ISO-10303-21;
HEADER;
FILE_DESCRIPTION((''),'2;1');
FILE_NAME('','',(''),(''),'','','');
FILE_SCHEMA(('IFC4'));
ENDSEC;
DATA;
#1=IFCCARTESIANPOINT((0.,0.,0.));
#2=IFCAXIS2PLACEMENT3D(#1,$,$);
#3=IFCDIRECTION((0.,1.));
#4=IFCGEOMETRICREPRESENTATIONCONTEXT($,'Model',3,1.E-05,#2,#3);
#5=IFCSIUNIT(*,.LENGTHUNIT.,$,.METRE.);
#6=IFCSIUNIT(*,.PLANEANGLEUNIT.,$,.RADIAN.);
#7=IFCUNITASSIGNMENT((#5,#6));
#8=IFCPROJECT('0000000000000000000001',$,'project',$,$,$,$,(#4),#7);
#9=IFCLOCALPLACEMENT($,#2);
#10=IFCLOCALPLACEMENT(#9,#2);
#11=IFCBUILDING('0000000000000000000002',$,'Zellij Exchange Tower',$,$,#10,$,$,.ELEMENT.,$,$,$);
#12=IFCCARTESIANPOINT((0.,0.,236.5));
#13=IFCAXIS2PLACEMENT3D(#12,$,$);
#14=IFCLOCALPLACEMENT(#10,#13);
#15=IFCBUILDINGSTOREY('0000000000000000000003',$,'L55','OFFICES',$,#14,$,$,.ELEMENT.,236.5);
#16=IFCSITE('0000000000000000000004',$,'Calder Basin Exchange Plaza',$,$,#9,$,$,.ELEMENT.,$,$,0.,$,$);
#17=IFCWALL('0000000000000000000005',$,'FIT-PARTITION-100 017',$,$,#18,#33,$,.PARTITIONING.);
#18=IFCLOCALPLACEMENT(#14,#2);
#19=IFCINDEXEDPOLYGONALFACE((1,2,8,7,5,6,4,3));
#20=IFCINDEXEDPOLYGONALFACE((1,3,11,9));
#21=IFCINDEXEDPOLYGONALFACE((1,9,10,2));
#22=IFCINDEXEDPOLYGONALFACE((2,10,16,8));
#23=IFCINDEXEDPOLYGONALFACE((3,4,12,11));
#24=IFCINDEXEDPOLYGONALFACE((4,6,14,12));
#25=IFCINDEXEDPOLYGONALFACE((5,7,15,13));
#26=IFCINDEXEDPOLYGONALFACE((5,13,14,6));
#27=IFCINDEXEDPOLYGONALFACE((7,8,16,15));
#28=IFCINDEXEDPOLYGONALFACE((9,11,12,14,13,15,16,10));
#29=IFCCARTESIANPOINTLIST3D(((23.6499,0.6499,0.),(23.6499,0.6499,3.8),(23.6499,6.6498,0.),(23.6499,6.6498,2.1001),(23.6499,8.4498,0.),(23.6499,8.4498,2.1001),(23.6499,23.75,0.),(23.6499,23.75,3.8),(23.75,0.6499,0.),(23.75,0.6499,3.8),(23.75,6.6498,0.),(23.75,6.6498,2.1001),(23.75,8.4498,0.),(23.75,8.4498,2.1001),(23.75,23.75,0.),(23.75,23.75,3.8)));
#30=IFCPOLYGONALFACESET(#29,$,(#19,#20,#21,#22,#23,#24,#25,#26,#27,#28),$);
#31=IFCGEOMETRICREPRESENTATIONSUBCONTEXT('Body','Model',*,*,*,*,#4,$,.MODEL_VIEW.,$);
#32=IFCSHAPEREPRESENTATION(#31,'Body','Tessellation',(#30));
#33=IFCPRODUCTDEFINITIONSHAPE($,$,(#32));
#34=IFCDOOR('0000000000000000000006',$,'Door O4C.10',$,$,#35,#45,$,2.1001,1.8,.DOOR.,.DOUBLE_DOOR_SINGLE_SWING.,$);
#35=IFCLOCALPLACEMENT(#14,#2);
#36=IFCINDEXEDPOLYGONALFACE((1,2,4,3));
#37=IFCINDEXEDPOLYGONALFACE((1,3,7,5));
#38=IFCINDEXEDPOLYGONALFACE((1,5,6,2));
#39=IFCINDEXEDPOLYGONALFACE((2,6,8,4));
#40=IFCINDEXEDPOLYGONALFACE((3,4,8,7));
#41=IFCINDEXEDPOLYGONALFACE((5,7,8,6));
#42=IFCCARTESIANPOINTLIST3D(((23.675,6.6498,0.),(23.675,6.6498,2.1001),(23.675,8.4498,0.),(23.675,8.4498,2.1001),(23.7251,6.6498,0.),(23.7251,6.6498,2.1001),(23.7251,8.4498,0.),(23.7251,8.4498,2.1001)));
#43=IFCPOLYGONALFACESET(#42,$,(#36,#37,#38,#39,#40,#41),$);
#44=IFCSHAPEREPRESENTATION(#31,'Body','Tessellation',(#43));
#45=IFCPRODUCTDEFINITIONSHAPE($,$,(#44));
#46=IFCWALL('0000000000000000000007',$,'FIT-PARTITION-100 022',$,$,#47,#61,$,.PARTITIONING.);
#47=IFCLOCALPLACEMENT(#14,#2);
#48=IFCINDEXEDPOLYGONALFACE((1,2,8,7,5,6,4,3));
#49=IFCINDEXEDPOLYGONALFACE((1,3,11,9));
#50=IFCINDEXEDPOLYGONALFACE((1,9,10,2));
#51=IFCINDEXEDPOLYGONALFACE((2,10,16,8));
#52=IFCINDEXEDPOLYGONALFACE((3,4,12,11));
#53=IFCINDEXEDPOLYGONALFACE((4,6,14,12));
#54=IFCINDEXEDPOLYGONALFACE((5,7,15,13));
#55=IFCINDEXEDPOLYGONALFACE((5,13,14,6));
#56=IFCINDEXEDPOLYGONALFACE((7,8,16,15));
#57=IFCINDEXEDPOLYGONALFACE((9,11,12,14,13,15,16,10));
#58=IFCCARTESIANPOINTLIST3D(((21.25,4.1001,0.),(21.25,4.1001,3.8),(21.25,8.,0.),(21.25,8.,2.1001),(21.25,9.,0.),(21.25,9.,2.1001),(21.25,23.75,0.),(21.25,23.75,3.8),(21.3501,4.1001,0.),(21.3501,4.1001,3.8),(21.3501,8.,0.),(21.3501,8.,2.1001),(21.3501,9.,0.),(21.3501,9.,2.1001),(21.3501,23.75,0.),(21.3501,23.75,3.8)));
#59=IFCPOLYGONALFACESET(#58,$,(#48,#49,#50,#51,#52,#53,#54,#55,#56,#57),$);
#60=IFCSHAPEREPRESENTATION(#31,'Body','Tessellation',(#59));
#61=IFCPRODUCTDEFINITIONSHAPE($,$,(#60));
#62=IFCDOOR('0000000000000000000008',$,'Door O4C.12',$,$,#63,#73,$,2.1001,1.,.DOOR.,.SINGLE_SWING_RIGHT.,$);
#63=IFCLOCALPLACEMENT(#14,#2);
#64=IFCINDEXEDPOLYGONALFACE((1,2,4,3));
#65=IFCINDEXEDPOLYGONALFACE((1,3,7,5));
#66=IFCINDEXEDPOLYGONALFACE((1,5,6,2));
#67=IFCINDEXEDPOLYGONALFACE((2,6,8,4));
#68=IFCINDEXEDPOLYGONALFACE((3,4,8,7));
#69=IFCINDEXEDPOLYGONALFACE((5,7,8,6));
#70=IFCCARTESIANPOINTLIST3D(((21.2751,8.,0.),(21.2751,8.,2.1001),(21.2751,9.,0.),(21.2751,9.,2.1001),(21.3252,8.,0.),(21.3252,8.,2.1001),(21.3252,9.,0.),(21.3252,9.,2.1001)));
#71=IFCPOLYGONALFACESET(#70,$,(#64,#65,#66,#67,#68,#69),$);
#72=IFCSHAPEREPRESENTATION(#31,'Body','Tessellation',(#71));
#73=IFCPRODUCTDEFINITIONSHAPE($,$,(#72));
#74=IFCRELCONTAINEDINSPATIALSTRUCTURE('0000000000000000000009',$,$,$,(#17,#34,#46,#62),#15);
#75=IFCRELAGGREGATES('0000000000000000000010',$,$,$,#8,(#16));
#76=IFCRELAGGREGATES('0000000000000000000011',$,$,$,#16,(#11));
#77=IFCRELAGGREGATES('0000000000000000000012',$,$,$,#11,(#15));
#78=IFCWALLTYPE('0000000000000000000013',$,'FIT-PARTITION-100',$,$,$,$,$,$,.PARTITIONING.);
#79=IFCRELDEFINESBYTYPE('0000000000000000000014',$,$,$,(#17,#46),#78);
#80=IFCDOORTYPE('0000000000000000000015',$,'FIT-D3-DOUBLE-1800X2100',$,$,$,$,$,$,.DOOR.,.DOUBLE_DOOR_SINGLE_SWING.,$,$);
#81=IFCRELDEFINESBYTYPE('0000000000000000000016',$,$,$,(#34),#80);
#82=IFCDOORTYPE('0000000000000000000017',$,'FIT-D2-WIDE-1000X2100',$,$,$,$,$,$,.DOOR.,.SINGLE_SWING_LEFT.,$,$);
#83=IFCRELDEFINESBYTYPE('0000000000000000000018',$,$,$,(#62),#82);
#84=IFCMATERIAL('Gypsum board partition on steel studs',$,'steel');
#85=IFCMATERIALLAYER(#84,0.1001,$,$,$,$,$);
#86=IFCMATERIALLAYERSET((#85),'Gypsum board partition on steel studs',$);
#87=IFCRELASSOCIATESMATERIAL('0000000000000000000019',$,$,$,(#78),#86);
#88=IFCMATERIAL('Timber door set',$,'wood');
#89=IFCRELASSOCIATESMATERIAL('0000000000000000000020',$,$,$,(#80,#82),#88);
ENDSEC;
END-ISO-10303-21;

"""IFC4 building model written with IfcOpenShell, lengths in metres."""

from ifc_helpers import new_model, si_unit, direction, frame, frame_2d, origin, place, context, subcontext, project, spatial, rectangle, extrude, material, layer, layer_set, type_object, element, fill, save


model = new_model("IFC4")

# Units and contexts
model_context = context("Model", 3, precision=1e-05, world=origin(), true_north=direction((0.0, 1.0)))
body_context = subcontext(model_context, "Body", "Model", "MODEL_VIEW")
ifc_project = project(units=[si_unit("LENGTHUNIT", "METRE"), si_unit("PLANEANGLEUNIT", "RADIAN")], contexts=[model_context])

# Site, building, storey
site_placement = place(None, origin())
site = spatial("IfcSite", under=ifc_project, at=site_placement, Name="Calder Basin Exchange Plaza", CompositionType="ELEMENT", RefElevation=0.0)
building_placement = place(site_placement, origin())
building = spatial("IfcBuilding", under=site, at=building_placement, Name="Zellij Exchange Tower", CompositionType="ELEMENT")
storey_placement = place(building_placement, frame((0.0, 0.0, 236.5)))
storey = spatial("IfcBuildingStorey", under=building, at=storey_placement, Name="L55", Description="OFFICES", CompositionType="ELEMENT", Elevation=236.5)

# Shared definitions
ifc_material_1 = material(Name="Gypsum board partition on steel studs", Category="steel")
ifc_layer_1 = layer(ifc_material_1, 0.1001)
ifc_layer_set_1 = layer_set([ifc_layer_1], Name="Gypsum board partition on steel studs")
wall_type_1 = type_object("IfcWallType", Name="FIT-PARTITION-100", PredefinedType="PARTITIONING", material=ifc_layer_set_1)

# Walls, openings, doors
wall_1_placement = place(storey_placement, frame((23.7, 0.6499, 0.0), z_axis=(0.0, 0.0, 1.0), x_axis=(0.0, 1.0, 0.0)))
wall_1 = element("IfcWall", 1, at=wall_1_placement, inside=storey, type_object=wall_type_1, Name="FIT-PARTITION-100 017", PredefinedType="PARTITIONING", context=body_context, shape_type="SweptSolid", body=[
    extrude(rectangle(XDim=23.1001, YDim=0.1001, at=frame_2d((11.55, 0.0))), origin(), (0.0, 0.0, 1.0), 3.8),
])
opening_1_placement = place(wall_1_placement, frame((6.0, 0.0, 0.0)))
opening_1 = element("IfcOpeningElement", 2, at=opening_1_placement, cuts=wall_1, PredefinedType="OPENING", context=body_context, shape_type="SweptSolid", body=[
    extrude(rectangle(XDim=1.8, YDim=2.1001, at=frame_2d((0.8999, 1.05))), frame((0.0, 0.062, 0.0), z_axis=(0.0, -1.0, 0.0), x_axis=(1.0, 0.0, 0.0)), (0.0, 0.0, 1.0), 0.124),
])
ifc_material_2 = material(Name="Timber door set", Category="wood")
door_type_1 = type_object("IfcDoorType", Name="FIT-D3-DOUBLE-1800X2100", OperationType="DOUBLE_DOOR_SINGLE_SWING", PredefinedType="DOOR", material=ifc_material_2)
door_1_placement = place(opening_1_placement, origin())
door_1 = element("IfcDoor", 3, at=door_1_placement, inside=storey, type_object=door_type_1, Name="Door O4C.10", OperationType="DOUBLE_DOOR_SINGLE_SWING", OverallHeight=2.1001, OverallWidth=1.8, PredefinedType="DOOR", context=body_context, shape_type="SweptSolid", body=[
    extrude(rectangle(XDim=1.8, YDim=2.1001, at=frame_2d((0.8999, 1.05))), frame((0.0, 0.0249, 0.0), z_axis=(0.0, -1.0, 0.0), x_axis=(1.0, 0.0, 0.0)), (0.0, 0.0, 1.0), 0.05),
])
fill(opening_1, door_1)
wall_2_placement = place(storey_placement, frame((21.3, 4.1001, 0.0), z_axis=(0.0, 0.0, 1.0), x_axis=(0.0, 1.0, 0.0)))
wall_2 = element("IfcWall", 4, at=wall_2_placement, inside=storey, type_object=wall_type_1, Name="FIT-PARTITION-100 022", PredefinedType="PARTITIONING", context=body_context, shape_type="SweptSolid", body=[
    extrude(rectangle(XDim=19.6499, YDim=0.1001, at=frame_2d((9.825, 0.0))), origin(), (0.0, 0.0, 1.0), 3.8),
])
opening_2_placement = place(wall_2_placement, frame((3.8999, 0.0, 0.0)))
opening_2 = element("IfcOpeningElement", 5, at=opening_2_placement, cuts=wall_2, PredefinedType="OPENING", context=body_context, shape_type="SweptSolid", body=[
    extrude(rectangle(XDim=1.0, YDim=2.1001, at=frame_2d((0.5, 1.05))), frame((0.0, 0.062, 0.0), z_axis=(0.0, -1.0, 0.0), x_axis=(1.0, 0.0, 0.0)), (0.0, 0.0, 1.0), 0.124),
])
door_type_2 = type_object("IfcDoorType", Name="FIT-D2-WIDE-1000X2100", OperationType="SINGLE_SWING_LEFT", PredefinedType="DOOR", material=ifc_material_2)
door_2_placement = place(opening_2_placement, origin())
door_2 = element("IfcDoor", 6, at=door_2_placement, inside=storey, type_object=door_type_2, Name="Door O4C.12", OperationType="SINGLE_SWING_RIGHT", OverallHeight=2.1001, OverallWidth=1.0, PredefinedType="DOOR", context=body_context, shape_type="SweptSolid", body=[
    extrude(rectangle(XDim=1.0, YDim=2.1001, at=frame_2d((0.5, 1.05))), frame((0.0, 0.0249, 0.0), z_axis=(0.0, -1.0, 0.0), x_axis=(1.0, 0.0, 0.0)), (0.0, 0.0, 1.0), 0.05),
])
fill(opening_2, door_2)

save(model, "model.ifc")
